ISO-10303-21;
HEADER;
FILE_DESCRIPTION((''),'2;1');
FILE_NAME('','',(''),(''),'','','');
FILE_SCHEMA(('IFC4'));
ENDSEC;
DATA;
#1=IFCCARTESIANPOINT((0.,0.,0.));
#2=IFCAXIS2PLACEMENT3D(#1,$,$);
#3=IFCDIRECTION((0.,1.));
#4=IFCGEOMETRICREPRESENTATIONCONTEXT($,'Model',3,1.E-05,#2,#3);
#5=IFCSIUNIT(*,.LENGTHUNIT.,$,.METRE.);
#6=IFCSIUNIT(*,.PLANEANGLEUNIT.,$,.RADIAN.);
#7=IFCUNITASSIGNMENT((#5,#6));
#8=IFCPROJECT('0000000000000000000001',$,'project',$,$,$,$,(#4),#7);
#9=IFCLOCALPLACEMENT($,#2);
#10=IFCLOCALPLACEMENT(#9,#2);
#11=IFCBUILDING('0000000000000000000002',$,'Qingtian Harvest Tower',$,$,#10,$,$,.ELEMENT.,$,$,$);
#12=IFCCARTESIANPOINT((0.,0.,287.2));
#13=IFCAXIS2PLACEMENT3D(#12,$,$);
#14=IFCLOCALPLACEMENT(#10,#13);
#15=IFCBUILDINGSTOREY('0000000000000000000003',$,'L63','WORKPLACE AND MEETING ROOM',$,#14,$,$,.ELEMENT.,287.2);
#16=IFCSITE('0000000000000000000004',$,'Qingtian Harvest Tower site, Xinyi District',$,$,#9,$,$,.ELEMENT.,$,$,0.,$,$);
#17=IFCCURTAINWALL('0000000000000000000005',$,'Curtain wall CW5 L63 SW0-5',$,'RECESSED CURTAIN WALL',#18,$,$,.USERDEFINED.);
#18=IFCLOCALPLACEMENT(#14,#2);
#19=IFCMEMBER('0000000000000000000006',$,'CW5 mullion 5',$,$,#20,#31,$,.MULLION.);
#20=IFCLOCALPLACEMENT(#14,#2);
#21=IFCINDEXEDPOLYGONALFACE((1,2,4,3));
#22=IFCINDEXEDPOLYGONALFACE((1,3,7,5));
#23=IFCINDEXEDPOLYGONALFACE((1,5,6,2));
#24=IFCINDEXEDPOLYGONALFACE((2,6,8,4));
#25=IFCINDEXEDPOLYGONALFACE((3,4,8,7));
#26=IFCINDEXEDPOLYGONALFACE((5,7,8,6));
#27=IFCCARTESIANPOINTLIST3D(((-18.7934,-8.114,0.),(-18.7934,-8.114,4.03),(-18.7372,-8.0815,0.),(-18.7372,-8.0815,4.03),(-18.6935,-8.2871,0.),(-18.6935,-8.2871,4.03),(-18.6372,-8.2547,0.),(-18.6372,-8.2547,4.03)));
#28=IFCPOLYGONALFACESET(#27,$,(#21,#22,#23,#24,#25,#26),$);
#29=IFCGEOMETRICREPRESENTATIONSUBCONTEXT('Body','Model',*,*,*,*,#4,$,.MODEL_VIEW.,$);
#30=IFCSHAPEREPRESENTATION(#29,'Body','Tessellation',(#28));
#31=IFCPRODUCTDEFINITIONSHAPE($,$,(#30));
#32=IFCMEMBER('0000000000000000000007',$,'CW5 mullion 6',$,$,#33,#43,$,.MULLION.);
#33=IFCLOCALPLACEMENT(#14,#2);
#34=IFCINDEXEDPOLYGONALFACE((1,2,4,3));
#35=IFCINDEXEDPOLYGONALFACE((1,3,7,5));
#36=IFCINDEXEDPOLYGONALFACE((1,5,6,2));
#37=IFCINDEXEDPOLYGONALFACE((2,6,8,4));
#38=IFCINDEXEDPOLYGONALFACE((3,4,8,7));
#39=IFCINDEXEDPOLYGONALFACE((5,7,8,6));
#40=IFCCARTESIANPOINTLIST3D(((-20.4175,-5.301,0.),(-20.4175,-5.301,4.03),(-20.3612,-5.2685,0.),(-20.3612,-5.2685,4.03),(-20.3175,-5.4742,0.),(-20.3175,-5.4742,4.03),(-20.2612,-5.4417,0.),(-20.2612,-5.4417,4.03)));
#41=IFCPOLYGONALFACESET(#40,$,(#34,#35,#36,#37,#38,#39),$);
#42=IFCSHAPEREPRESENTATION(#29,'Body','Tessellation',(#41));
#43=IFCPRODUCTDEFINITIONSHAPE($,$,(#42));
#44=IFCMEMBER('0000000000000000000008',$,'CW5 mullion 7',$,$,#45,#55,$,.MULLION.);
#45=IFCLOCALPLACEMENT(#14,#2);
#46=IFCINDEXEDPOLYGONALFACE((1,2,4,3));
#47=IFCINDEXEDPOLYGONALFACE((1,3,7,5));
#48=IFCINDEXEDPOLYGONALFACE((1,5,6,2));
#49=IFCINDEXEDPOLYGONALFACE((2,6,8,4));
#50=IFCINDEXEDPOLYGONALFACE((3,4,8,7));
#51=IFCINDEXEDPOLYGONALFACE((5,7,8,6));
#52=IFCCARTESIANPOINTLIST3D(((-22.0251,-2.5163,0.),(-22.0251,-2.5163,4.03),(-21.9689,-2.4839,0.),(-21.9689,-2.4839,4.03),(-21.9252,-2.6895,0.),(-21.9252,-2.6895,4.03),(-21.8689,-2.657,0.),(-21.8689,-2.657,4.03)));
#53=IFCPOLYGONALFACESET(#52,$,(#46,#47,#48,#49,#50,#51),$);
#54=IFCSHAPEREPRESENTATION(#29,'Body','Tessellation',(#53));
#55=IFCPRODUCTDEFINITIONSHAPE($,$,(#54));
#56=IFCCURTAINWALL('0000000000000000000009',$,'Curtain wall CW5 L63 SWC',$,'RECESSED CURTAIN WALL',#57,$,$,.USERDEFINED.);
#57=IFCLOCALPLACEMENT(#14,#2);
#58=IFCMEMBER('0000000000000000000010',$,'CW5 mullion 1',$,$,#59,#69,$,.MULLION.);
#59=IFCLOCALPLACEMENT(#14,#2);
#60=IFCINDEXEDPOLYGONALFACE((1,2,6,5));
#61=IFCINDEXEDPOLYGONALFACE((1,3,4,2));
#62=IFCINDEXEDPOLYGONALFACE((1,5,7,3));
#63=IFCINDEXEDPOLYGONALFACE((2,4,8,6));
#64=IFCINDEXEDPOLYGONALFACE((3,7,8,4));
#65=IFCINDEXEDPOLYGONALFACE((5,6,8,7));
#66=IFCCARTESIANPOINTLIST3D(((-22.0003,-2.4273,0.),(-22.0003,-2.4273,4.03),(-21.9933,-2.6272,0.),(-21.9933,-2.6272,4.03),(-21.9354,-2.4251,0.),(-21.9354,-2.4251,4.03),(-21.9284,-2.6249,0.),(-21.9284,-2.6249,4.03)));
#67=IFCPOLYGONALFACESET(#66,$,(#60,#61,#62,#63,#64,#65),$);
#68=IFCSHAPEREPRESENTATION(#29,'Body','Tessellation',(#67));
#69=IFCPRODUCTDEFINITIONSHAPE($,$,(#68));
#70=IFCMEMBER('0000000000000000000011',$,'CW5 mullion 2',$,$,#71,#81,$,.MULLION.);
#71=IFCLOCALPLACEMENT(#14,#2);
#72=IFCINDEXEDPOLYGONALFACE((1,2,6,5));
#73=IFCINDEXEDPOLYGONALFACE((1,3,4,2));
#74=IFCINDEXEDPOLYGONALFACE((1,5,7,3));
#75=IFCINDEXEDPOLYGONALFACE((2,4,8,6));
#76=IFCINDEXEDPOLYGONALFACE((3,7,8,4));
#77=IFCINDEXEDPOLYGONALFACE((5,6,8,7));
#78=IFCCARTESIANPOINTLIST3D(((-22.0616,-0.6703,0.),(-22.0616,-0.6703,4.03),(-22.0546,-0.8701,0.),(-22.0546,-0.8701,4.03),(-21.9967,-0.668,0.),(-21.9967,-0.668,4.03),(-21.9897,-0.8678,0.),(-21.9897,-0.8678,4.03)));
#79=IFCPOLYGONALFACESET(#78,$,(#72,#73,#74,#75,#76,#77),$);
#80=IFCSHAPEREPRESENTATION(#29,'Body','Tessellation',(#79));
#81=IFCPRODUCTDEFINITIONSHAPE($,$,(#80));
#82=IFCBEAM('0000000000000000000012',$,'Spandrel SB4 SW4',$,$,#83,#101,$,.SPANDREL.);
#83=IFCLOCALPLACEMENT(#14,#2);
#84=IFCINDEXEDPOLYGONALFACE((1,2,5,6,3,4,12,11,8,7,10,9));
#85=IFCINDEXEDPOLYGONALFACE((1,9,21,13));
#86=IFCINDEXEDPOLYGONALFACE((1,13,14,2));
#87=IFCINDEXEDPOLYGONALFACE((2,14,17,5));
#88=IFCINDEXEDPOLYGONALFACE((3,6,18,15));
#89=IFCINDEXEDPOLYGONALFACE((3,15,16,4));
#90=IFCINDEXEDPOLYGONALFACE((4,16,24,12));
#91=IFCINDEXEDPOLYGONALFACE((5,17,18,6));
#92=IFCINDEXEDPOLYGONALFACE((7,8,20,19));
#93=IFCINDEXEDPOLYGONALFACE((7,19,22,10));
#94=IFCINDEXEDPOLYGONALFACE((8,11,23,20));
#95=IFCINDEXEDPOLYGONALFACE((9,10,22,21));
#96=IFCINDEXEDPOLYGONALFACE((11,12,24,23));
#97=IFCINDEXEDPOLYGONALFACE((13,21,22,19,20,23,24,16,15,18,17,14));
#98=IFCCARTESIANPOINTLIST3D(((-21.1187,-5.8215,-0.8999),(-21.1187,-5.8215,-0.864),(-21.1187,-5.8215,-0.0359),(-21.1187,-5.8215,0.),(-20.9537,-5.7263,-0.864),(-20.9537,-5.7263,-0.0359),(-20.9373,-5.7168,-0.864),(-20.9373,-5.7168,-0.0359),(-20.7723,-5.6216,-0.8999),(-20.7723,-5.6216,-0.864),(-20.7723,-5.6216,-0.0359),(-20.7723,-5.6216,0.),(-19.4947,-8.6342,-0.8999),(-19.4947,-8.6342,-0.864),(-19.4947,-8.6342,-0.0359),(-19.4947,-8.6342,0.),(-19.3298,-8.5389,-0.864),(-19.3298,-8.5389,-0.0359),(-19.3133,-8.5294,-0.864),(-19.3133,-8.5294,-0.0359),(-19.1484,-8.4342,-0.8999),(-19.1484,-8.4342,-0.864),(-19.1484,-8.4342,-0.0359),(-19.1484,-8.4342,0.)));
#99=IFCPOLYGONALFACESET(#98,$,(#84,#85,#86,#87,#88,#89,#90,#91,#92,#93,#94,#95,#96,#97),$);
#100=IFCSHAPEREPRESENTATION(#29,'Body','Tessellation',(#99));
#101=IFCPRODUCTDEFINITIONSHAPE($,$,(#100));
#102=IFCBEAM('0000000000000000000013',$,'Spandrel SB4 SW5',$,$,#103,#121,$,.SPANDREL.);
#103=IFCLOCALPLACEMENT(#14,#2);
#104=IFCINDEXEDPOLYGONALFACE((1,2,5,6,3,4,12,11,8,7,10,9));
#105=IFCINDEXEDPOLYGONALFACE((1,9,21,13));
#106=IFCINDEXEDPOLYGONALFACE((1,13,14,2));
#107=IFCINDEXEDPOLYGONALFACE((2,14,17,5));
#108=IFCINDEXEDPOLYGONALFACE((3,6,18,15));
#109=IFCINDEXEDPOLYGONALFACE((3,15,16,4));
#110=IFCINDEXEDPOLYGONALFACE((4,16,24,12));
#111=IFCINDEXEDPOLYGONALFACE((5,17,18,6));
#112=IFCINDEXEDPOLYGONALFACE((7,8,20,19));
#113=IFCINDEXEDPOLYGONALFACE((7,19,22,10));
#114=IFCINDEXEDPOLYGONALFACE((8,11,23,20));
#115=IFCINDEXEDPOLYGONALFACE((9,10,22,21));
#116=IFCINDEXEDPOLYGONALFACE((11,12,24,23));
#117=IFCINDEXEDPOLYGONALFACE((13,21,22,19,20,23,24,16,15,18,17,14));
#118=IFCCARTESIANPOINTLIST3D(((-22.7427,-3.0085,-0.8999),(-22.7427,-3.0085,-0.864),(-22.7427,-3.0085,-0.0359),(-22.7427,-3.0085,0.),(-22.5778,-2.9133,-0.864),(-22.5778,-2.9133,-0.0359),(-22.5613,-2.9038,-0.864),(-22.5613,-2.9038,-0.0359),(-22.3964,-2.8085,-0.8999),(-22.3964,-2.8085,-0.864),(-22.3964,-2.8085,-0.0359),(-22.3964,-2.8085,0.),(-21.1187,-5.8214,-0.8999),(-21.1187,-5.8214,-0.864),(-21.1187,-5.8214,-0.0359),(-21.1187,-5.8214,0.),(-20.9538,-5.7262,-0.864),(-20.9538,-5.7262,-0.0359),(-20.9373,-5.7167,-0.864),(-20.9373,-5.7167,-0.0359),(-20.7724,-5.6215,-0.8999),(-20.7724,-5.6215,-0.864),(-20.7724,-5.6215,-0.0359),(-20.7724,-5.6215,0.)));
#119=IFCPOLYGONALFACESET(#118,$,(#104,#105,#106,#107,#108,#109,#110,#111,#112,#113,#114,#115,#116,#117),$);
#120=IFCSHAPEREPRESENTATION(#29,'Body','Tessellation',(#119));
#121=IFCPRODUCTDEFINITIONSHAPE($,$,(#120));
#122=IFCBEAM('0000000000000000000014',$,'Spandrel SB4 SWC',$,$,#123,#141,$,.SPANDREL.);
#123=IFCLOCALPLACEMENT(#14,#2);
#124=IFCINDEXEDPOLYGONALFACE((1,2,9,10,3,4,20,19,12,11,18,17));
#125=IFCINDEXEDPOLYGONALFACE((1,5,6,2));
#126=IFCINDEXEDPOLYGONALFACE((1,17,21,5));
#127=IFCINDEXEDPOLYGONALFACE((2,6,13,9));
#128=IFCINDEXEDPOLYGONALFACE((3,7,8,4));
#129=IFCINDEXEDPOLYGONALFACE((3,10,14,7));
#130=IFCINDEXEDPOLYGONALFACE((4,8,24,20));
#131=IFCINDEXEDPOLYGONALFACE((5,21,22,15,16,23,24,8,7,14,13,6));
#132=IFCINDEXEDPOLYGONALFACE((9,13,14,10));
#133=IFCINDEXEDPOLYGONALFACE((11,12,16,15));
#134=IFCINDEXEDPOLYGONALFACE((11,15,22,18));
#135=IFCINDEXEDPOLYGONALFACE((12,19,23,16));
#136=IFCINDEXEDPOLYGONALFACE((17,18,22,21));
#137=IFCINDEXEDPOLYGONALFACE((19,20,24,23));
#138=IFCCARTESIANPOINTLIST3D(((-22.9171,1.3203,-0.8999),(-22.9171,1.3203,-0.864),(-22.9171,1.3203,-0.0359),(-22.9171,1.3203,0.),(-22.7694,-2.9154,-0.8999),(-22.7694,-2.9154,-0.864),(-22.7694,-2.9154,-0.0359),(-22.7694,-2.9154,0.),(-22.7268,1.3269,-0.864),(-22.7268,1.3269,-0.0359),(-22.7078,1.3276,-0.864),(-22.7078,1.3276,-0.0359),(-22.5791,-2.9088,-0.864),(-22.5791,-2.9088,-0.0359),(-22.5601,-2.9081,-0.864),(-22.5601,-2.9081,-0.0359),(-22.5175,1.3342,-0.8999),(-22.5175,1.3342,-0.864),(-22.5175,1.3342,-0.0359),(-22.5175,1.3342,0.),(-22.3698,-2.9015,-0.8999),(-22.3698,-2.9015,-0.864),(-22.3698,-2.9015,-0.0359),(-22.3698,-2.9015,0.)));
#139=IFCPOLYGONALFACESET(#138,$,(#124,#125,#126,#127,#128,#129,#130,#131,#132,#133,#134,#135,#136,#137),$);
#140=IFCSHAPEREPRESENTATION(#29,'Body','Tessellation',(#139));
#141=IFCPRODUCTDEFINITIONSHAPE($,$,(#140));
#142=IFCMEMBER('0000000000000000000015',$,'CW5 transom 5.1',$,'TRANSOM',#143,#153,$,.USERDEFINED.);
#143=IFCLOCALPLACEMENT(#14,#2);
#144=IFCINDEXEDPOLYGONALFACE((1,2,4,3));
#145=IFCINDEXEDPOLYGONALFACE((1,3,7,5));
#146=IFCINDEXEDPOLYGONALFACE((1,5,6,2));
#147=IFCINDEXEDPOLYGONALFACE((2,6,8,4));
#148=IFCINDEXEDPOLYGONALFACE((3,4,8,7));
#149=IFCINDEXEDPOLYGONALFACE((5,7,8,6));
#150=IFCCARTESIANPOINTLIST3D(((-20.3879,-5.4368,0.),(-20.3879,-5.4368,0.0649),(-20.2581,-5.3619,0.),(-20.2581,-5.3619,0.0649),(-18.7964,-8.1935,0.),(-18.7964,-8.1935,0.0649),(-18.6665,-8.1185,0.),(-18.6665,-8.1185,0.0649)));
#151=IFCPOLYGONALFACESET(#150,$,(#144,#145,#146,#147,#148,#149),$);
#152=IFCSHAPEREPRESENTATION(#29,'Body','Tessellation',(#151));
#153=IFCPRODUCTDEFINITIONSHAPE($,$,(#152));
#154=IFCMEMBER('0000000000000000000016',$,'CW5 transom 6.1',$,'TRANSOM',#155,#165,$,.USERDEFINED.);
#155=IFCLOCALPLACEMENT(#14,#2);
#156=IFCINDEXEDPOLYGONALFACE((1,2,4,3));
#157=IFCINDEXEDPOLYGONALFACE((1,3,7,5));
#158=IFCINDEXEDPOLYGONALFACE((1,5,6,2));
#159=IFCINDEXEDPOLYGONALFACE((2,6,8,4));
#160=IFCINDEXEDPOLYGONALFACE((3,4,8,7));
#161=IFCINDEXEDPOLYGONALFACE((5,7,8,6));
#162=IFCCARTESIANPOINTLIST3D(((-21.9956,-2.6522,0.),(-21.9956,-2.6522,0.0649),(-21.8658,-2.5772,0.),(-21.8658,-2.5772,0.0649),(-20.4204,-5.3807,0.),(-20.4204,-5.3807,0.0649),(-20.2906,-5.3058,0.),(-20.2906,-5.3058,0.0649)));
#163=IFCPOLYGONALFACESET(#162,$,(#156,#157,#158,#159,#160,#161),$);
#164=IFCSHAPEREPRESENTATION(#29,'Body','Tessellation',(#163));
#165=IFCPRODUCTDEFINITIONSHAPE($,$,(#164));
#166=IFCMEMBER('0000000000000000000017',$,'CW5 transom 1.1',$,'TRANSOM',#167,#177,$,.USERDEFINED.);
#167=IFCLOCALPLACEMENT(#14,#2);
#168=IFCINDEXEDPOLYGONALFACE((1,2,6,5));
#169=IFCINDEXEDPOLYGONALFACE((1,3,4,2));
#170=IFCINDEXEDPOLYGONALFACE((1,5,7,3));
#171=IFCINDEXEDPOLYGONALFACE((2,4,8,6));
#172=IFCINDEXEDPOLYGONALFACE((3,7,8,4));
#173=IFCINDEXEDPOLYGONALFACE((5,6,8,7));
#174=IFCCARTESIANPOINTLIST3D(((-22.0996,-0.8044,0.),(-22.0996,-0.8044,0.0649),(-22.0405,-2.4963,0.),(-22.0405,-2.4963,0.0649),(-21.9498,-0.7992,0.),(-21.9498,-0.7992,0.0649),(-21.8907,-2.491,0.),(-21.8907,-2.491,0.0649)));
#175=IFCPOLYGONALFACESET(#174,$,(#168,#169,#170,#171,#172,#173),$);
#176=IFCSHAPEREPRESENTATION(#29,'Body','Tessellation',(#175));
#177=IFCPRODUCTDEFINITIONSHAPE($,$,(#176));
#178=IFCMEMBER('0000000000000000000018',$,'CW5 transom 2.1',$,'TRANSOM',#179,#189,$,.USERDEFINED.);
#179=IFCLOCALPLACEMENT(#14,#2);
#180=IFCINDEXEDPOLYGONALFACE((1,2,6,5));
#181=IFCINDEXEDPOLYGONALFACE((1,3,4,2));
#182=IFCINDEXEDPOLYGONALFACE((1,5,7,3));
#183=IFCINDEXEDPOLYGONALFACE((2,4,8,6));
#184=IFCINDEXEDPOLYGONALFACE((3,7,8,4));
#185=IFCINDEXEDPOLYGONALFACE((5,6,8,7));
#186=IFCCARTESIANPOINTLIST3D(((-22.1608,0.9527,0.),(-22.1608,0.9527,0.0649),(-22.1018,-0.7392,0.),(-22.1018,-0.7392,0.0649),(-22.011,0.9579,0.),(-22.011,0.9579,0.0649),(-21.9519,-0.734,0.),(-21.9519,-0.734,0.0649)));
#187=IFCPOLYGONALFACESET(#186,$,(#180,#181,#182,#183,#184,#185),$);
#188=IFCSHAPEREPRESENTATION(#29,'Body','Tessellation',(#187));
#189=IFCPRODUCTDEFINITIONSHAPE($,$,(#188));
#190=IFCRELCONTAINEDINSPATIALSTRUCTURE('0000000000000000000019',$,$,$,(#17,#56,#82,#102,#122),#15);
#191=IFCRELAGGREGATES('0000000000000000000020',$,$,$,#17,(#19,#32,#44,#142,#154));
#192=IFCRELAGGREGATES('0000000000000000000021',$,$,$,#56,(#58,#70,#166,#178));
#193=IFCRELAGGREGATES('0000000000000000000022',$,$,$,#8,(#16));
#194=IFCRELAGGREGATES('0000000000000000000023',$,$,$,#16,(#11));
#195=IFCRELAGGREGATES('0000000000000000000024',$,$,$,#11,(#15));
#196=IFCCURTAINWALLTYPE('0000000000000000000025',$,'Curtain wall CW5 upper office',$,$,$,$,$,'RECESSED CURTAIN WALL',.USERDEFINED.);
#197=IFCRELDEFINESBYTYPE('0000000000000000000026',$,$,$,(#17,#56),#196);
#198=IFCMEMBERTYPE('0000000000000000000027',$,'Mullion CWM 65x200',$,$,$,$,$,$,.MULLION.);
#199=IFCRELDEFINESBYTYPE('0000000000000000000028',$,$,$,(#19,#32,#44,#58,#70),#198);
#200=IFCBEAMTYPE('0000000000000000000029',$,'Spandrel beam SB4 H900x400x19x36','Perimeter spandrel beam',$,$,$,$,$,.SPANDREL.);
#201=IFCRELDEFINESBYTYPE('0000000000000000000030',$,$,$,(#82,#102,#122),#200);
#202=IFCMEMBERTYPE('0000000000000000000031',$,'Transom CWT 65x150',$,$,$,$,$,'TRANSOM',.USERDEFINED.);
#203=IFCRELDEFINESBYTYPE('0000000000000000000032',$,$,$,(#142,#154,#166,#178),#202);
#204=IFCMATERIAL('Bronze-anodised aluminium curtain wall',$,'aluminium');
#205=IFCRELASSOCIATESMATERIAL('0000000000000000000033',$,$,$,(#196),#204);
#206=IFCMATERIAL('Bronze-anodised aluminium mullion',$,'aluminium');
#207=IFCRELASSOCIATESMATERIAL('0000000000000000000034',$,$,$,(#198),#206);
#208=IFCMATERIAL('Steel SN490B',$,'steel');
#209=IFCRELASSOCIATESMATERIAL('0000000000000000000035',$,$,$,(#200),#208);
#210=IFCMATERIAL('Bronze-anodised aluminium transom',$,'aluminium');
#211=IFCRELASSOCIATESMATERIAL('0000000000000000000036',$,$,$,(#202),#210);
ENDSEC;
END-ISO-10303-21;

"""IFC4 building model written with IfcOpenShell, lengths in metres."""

from ifc_helpers import new_model, si_unit, direction, frame, origin, origin_2d, place, context, subcontext, project, spatial, rectangle, i_section, extrude, material, material_profile, profile_set, type_object, element, aggregate, save


model = new_model("IFC4")

# Units and contexts
model_context = context("Model", 3, precision=1e-05, world=origin(), true_north=direction((0.0, 1.0)))
body_context = subcontext(model_context, "Body", "Model", "MODEL_VIEW")
ifc_project = project(units=[si_unit("LENGTHUNIT", "METRE"), si_unit("PLANEANGLEUNIT", "RADIAN")], contexts=[model_context])

# Site, building, storey
site_placement = place(None, origin())
site = spatial("IfcSite", under=ifc_project, at=site_placement, Name="Qingtian Harvest Tower site, Xinyi District", CompositionType="ELEMENT", RefElevation=0.0)
building_placement = place(site_placement, origin())
building = spatial("IfcBuilding", under=site, at=building_placement, Name="Qingtian Harvest Tower", CompositionType="ELEMENT")
storey_placement = place(building_placement, frame((0.0, 0.0, 287.2)))
storey = spatial("IfcBuildingStorey", under=building, at=storey_placement, Name="L63", Description="WORKPLACE AND MEETING ROOM", CompositionType="ELEMENT", Elevation=287.2)

# Curtain walls, members
ifc_material_1 = material(Name="Bronze-anodised aluminium curtain wall", Category="aluminium")
curtain_wall_type = type_object("IfcCurtainWallType", Name="Curtain wall CW5 upper office", ElementType="RECESSED CURTAIN WALL", PredefinedType="USERDEFINED", material=ifc_material_1)
curtain_wall_1_placement = place(storey_placement, origin())
curtain_wall_1 = element("IfcCurtainWall", 1, at=curtain_wall_1_placement, inside=storey, type_object=curtain_wall_type, Name="Curtain wall CW5 L63 SW0-5", ObjectType="RECESSED CURTAIN WALL", PredefinedType="USERDEFINED")
ifc_material_2 = material(Name="Bronze-anodised aluminium mullion", Category="aluminium")
ifc_material_profile_1 = material_profile(ifc_material_2, rectangle(XDim=0.0649, YDim=0.2, at=origin_2d()), Name="AL 65x200")
ifc_profile_set_1 = profile_set([ifc_material_profile_1], Name="Bronze-anodised aluminium mullion")
member_type_1 = type_object("IfcMemberType", Name="Mullion CWM 65x200", PredefinedType="MULLION", material=ifc_profile_set_1)
member_1_placement = place(storey_placement, frame((-18.7153, -8.1843, 0.0), z_axis=(0.0, 0.0, 1.0), x_axis=(-0.866025, -0.5, 0.0)))
member_1 = element("IfcMember", 2, at=member_1_placement, type_object=member_type_1, Name="CW5 mullion 5", PredefinedType="MULLION", context=body_context, shape_type="SweptSolid", body=[
    extrude(rectangle(XDim=0.0649, YDim=0.2, at=origin_2d()), origin(), (0.0, 0.0, 1.0), 4.03),
])
member_2_placement = place(storey_placement, frame((-20.3394, -5.3713, 0.0), z_axis=(0.0, 0.0, 1.0), x_axis=(-0.866025, -0.5, 0.0)))
member_2 = element("IfcMember", 3, at=member_2_placement, type_object=member_type_1, Name="CW5 mullion 6", PredefinedType="MULLION", context=body_context, shape_type="SweptSolid", body=[
    extrude(rectangle(XDim=0.0649, YDim=0.2, at=origin_2d()), origin(), (0.0, 0.0, 1.0), 4.03),
])
member_3_placement = place(storey_placement, frame((-21.947, -2.5867, 0.0), z_axis=(0.0, 0.0, 1.0), x_axis=(-0.866025, -0.5, 0.0)))
member_3 = element("IfcMember", 4, at=member_3_placement, type_object=member_type_1, Name="CW5 mullion 7", PredefinedType="MULLION", context=body_context, shape_type="SweptSolid", body=[
    extrude(rectangle(XDim=0.0649, YDim=0.2, at=origin_2d()), origin(), (0.0, 0.0, 1.0), 4.03),
])
curtain_wall_2_placement = place(storey_placement, origin())
curtain_wall_2 = element("IfcCurtainWall", 5, at=curtain_wall_2_placement, inside=storey, type_object=curtain_wall_type, Name="Curtain wall CW5 L63 SWC", ObjectType="RECESSED CURTAIN WALL", PredefinedType="USERDEFINED")
member_4_placement = place(storey_placement, frame((-21.9644, -2.5261, 0.0), z_axis=(0.0, 0.0, 1.0), x_axis=(-0.999391, -0.034899, 0.0)))
member_4 = element("IfcMember", 6, at=member_4_placement, type_object=member_type_1, Name="CW5 mullion 1", PredefinedType="MULLION", context=body_context, shape_type="SweptSolid", body=[
    extrude(rectangle(XDim=0.0649, YDim=0.2, at=origin_2d()), origin(), (0.0, 0.0, 1.0), 4.03),
])
member_5_placement = place(storey_placement, frame((-22.0256, -0.769, 0.0), z_axis=(0.0, 0.0, 1.0), x_axis=(-0.999391, -0.034899, 0.0)))
member_5 = element("IfcMember", 7, at=member_5_placement, type_object=member_type_1, Name="CW5 mullion 2", PredefinedType="MULLION", context=body_context, shape_type="SweptSolid", body=[
    extrude(rectangle(XDim=0.0649, YDim=0.2, at=origin_2d()), origin(), (0.0, 0.0, 1.0), 4.03),
])

# Beams
ifc_material_3 = material(Name="Steel SN490B", Category="steel")
ifc_material_profile_2 = material_profile(ifc_material_3, i_section(OverallWidth=0.3999, OverallDepth=0.8999, WebThickness=0.019, FlangeThickness=0.0359, at=origin_2d()), Name="H900x400x19x36")
ifc_profile_set_2 = profile_set([ifc_material_profile_2], Name="Steel SN490B")
beam_type_1 = type_object("IfcBeamType", Name="Spandrel beam SB4 H900x400x19x36", Description="Perimeter spandrel beam", PredefinedType="SPANDREL", material=ifc_profile_set_2)
beam_1_placement = place(storey_placement, frame((-19.3215, -8.5342, -0.45), z_axis=(-0.50002, 0.866014, 0.0), x_axis=(-0.866014, -0.50002, 0.0)))
element("IfcBeam", 8, at=beam_1_placement, inside=storey, type_object=beam_type_1, Name="Spandrel SB4 SW4", PredefinedType="SPANDREL", context=body_context, shape_type="SweptSolid", body=[
    extrude(i_section(OverallWidth=0.3999, OverallDepth=0.8999, WebThickness=0.019, FlangeThickness=0.0359, at=origin_2d()), origin(), (0.0, 0.0, 1.0), 3.2478),
])
beam_2_placement = place(storey_placement, frame((-20.9456, -5.7214, -0.45), z_axis=(-0.499987, 0.866033, 0.0), x_axis=(-0.866033, -0.499987, 0.0)))
element("IfcBeam", 9, at=beam_2_placement, inside=storey, type_object=beam_type_1, Name="Spandrel SB4 SW5", PredefinedType="SPANDREL", context=body_context, shape_type="SweptSolid", body=[
    extrude(i_section(OverallWidth=0.3999, OverallDepth=0.8999, WebThickness=0.019, FlangeThickness=0.0359, at=origin_2d()), origin(), (0.0, 0.0, 1.0), 3.248),
])
beam_3_placement = place(storey_placement, frame((-22.5696, -2.9084, -0.45), z_axis=(-0.034851, 0.999393, 0.0), x_axis=(-0.999393, -0.034851, 0.0)))
element("IfcBeam", 10, at=beam_3_placement, inside=storey, type_object=beam_type_1, Name="Spandrel SB4 SWC", PredefinedType="SPANDREL", context=body_context, shape_type="SweptSolid", body=[
    extrude(i_section(OverallWidth=0.3999, OverallDepth=0.8999, WebThickness=0.019, FlangeThickness=0.0359, at=origin_2d()), origin(), (0.0, 0.0, 1.0), 4.2383),
])

# Members
ifc_material_4 = material(Name="Bronze-anodised aluminium transom", Category="aluminium")
ifc_material_profile_3 = material_profile(ifc_material_4, rectangle(XDim=0.1499, YDim=0.0649, at=origin_2d()), Name="AL 65x150")
ifc_profile_set_3 = profile_set([ifc_material_profile_3], Name="Bronze-anodised aluminium transom")
member_type_2 = type_object("IfcMemberType", Name="Transom CWT 65x150", ElementType="TRANSOM", PredefinedType="USERDEFINED", material=ifc_profile_set_3)
member_6_placement = place(storey_placement, frame((-18.7314, -8.156, 0.0325), z_axis=(-0.500008, 0.866021, 0.0), x_axis=(-0.866021, -0.500008, 0.0)))
member_6 = element("IfcMember", 11, at=member_6_placement, type_object=member_type_2, Name="CW5 transom 5.1", ObjectType="TRANSOM", PredefinedType="USERDEFINED", context=body_context, shape_type="SweptSolid", body=[
    extrude(rectangle(XDim=0.1499, YDim=0.0649, at=origin_2d()), origin(), (0.0, 0.0, 1.0), 3.1831),
])
member_7_placement = place(storey_placement, frame((-20.3555, -5.3433, 0.0325), z_axis=(-0.499973, 0.866041, 0.0), x_axis=(-0.866041, -0.499973, 0.0)))
member_7 = element("IfcMember", 12, at=member_7_placement, type_object=member_type_2, Name="CW5 transom 6.1", ObjectType="TRANSOM", PredefinedType="USERDEFINED", context=body_context, shape_type="SweptSolid", body=[
    extrude(rectangle(XDim=0.1499, YDim=0.0649, at=origin_2d()), origin(), (0.0, 0.0, 1.0), 3.1506),
])
member_8_placement = place(storey_placement, frame((-21.9656, -2.4937, 0.0325), z_axis=(-0.034899, 0.999391, 0.0), x_axis=(-0.999391, -0.034899, 0.0)))
member_8 = element("IfcMember", 13, at=member_8_placement, type_object=member_type_2, Name="CW5 transom 1.1", ObjectType="TRANSOM", PredefinedType="USERDEFINED", context=body_context, shape_type="SweptSolid", body=[
    extrude(rectangle(XDim=0.1499, YDim=0.0649, at=origin_2d()), origin(), (0.0, 0.0, 1.0), 1.6929),
])
member_9_placement = place(storey_placement, frame((-22.0269, -0.7366, 0.0325), z_axis=(-0.034899, 0.999391, 0.0), x_axis=(-0.999391, -0.034899, 0.0)))
member_9 = element("IfcMember", 14, at=member_9_placement, type_object=member_type_2, Name="CW5 transom 2.1", ObjectType="TRANSOM", PredefinedType="USERDEFINED", context=body_context, shape_type="SweptSolid", body=[
    extrude(rectangle(XDim=0.1499, YDim=0.0649, at=origin_2d()), origin(), (0.0, 0.0, 1.0), 1.6929),
])

aggregate(curtain_wall_1, [member_1, member_2, member_3, member_6, member_7])
aggregate(curtain_wall_2, [member_4, member_5, member_8, member_9])

save(model, "model.ifc")
